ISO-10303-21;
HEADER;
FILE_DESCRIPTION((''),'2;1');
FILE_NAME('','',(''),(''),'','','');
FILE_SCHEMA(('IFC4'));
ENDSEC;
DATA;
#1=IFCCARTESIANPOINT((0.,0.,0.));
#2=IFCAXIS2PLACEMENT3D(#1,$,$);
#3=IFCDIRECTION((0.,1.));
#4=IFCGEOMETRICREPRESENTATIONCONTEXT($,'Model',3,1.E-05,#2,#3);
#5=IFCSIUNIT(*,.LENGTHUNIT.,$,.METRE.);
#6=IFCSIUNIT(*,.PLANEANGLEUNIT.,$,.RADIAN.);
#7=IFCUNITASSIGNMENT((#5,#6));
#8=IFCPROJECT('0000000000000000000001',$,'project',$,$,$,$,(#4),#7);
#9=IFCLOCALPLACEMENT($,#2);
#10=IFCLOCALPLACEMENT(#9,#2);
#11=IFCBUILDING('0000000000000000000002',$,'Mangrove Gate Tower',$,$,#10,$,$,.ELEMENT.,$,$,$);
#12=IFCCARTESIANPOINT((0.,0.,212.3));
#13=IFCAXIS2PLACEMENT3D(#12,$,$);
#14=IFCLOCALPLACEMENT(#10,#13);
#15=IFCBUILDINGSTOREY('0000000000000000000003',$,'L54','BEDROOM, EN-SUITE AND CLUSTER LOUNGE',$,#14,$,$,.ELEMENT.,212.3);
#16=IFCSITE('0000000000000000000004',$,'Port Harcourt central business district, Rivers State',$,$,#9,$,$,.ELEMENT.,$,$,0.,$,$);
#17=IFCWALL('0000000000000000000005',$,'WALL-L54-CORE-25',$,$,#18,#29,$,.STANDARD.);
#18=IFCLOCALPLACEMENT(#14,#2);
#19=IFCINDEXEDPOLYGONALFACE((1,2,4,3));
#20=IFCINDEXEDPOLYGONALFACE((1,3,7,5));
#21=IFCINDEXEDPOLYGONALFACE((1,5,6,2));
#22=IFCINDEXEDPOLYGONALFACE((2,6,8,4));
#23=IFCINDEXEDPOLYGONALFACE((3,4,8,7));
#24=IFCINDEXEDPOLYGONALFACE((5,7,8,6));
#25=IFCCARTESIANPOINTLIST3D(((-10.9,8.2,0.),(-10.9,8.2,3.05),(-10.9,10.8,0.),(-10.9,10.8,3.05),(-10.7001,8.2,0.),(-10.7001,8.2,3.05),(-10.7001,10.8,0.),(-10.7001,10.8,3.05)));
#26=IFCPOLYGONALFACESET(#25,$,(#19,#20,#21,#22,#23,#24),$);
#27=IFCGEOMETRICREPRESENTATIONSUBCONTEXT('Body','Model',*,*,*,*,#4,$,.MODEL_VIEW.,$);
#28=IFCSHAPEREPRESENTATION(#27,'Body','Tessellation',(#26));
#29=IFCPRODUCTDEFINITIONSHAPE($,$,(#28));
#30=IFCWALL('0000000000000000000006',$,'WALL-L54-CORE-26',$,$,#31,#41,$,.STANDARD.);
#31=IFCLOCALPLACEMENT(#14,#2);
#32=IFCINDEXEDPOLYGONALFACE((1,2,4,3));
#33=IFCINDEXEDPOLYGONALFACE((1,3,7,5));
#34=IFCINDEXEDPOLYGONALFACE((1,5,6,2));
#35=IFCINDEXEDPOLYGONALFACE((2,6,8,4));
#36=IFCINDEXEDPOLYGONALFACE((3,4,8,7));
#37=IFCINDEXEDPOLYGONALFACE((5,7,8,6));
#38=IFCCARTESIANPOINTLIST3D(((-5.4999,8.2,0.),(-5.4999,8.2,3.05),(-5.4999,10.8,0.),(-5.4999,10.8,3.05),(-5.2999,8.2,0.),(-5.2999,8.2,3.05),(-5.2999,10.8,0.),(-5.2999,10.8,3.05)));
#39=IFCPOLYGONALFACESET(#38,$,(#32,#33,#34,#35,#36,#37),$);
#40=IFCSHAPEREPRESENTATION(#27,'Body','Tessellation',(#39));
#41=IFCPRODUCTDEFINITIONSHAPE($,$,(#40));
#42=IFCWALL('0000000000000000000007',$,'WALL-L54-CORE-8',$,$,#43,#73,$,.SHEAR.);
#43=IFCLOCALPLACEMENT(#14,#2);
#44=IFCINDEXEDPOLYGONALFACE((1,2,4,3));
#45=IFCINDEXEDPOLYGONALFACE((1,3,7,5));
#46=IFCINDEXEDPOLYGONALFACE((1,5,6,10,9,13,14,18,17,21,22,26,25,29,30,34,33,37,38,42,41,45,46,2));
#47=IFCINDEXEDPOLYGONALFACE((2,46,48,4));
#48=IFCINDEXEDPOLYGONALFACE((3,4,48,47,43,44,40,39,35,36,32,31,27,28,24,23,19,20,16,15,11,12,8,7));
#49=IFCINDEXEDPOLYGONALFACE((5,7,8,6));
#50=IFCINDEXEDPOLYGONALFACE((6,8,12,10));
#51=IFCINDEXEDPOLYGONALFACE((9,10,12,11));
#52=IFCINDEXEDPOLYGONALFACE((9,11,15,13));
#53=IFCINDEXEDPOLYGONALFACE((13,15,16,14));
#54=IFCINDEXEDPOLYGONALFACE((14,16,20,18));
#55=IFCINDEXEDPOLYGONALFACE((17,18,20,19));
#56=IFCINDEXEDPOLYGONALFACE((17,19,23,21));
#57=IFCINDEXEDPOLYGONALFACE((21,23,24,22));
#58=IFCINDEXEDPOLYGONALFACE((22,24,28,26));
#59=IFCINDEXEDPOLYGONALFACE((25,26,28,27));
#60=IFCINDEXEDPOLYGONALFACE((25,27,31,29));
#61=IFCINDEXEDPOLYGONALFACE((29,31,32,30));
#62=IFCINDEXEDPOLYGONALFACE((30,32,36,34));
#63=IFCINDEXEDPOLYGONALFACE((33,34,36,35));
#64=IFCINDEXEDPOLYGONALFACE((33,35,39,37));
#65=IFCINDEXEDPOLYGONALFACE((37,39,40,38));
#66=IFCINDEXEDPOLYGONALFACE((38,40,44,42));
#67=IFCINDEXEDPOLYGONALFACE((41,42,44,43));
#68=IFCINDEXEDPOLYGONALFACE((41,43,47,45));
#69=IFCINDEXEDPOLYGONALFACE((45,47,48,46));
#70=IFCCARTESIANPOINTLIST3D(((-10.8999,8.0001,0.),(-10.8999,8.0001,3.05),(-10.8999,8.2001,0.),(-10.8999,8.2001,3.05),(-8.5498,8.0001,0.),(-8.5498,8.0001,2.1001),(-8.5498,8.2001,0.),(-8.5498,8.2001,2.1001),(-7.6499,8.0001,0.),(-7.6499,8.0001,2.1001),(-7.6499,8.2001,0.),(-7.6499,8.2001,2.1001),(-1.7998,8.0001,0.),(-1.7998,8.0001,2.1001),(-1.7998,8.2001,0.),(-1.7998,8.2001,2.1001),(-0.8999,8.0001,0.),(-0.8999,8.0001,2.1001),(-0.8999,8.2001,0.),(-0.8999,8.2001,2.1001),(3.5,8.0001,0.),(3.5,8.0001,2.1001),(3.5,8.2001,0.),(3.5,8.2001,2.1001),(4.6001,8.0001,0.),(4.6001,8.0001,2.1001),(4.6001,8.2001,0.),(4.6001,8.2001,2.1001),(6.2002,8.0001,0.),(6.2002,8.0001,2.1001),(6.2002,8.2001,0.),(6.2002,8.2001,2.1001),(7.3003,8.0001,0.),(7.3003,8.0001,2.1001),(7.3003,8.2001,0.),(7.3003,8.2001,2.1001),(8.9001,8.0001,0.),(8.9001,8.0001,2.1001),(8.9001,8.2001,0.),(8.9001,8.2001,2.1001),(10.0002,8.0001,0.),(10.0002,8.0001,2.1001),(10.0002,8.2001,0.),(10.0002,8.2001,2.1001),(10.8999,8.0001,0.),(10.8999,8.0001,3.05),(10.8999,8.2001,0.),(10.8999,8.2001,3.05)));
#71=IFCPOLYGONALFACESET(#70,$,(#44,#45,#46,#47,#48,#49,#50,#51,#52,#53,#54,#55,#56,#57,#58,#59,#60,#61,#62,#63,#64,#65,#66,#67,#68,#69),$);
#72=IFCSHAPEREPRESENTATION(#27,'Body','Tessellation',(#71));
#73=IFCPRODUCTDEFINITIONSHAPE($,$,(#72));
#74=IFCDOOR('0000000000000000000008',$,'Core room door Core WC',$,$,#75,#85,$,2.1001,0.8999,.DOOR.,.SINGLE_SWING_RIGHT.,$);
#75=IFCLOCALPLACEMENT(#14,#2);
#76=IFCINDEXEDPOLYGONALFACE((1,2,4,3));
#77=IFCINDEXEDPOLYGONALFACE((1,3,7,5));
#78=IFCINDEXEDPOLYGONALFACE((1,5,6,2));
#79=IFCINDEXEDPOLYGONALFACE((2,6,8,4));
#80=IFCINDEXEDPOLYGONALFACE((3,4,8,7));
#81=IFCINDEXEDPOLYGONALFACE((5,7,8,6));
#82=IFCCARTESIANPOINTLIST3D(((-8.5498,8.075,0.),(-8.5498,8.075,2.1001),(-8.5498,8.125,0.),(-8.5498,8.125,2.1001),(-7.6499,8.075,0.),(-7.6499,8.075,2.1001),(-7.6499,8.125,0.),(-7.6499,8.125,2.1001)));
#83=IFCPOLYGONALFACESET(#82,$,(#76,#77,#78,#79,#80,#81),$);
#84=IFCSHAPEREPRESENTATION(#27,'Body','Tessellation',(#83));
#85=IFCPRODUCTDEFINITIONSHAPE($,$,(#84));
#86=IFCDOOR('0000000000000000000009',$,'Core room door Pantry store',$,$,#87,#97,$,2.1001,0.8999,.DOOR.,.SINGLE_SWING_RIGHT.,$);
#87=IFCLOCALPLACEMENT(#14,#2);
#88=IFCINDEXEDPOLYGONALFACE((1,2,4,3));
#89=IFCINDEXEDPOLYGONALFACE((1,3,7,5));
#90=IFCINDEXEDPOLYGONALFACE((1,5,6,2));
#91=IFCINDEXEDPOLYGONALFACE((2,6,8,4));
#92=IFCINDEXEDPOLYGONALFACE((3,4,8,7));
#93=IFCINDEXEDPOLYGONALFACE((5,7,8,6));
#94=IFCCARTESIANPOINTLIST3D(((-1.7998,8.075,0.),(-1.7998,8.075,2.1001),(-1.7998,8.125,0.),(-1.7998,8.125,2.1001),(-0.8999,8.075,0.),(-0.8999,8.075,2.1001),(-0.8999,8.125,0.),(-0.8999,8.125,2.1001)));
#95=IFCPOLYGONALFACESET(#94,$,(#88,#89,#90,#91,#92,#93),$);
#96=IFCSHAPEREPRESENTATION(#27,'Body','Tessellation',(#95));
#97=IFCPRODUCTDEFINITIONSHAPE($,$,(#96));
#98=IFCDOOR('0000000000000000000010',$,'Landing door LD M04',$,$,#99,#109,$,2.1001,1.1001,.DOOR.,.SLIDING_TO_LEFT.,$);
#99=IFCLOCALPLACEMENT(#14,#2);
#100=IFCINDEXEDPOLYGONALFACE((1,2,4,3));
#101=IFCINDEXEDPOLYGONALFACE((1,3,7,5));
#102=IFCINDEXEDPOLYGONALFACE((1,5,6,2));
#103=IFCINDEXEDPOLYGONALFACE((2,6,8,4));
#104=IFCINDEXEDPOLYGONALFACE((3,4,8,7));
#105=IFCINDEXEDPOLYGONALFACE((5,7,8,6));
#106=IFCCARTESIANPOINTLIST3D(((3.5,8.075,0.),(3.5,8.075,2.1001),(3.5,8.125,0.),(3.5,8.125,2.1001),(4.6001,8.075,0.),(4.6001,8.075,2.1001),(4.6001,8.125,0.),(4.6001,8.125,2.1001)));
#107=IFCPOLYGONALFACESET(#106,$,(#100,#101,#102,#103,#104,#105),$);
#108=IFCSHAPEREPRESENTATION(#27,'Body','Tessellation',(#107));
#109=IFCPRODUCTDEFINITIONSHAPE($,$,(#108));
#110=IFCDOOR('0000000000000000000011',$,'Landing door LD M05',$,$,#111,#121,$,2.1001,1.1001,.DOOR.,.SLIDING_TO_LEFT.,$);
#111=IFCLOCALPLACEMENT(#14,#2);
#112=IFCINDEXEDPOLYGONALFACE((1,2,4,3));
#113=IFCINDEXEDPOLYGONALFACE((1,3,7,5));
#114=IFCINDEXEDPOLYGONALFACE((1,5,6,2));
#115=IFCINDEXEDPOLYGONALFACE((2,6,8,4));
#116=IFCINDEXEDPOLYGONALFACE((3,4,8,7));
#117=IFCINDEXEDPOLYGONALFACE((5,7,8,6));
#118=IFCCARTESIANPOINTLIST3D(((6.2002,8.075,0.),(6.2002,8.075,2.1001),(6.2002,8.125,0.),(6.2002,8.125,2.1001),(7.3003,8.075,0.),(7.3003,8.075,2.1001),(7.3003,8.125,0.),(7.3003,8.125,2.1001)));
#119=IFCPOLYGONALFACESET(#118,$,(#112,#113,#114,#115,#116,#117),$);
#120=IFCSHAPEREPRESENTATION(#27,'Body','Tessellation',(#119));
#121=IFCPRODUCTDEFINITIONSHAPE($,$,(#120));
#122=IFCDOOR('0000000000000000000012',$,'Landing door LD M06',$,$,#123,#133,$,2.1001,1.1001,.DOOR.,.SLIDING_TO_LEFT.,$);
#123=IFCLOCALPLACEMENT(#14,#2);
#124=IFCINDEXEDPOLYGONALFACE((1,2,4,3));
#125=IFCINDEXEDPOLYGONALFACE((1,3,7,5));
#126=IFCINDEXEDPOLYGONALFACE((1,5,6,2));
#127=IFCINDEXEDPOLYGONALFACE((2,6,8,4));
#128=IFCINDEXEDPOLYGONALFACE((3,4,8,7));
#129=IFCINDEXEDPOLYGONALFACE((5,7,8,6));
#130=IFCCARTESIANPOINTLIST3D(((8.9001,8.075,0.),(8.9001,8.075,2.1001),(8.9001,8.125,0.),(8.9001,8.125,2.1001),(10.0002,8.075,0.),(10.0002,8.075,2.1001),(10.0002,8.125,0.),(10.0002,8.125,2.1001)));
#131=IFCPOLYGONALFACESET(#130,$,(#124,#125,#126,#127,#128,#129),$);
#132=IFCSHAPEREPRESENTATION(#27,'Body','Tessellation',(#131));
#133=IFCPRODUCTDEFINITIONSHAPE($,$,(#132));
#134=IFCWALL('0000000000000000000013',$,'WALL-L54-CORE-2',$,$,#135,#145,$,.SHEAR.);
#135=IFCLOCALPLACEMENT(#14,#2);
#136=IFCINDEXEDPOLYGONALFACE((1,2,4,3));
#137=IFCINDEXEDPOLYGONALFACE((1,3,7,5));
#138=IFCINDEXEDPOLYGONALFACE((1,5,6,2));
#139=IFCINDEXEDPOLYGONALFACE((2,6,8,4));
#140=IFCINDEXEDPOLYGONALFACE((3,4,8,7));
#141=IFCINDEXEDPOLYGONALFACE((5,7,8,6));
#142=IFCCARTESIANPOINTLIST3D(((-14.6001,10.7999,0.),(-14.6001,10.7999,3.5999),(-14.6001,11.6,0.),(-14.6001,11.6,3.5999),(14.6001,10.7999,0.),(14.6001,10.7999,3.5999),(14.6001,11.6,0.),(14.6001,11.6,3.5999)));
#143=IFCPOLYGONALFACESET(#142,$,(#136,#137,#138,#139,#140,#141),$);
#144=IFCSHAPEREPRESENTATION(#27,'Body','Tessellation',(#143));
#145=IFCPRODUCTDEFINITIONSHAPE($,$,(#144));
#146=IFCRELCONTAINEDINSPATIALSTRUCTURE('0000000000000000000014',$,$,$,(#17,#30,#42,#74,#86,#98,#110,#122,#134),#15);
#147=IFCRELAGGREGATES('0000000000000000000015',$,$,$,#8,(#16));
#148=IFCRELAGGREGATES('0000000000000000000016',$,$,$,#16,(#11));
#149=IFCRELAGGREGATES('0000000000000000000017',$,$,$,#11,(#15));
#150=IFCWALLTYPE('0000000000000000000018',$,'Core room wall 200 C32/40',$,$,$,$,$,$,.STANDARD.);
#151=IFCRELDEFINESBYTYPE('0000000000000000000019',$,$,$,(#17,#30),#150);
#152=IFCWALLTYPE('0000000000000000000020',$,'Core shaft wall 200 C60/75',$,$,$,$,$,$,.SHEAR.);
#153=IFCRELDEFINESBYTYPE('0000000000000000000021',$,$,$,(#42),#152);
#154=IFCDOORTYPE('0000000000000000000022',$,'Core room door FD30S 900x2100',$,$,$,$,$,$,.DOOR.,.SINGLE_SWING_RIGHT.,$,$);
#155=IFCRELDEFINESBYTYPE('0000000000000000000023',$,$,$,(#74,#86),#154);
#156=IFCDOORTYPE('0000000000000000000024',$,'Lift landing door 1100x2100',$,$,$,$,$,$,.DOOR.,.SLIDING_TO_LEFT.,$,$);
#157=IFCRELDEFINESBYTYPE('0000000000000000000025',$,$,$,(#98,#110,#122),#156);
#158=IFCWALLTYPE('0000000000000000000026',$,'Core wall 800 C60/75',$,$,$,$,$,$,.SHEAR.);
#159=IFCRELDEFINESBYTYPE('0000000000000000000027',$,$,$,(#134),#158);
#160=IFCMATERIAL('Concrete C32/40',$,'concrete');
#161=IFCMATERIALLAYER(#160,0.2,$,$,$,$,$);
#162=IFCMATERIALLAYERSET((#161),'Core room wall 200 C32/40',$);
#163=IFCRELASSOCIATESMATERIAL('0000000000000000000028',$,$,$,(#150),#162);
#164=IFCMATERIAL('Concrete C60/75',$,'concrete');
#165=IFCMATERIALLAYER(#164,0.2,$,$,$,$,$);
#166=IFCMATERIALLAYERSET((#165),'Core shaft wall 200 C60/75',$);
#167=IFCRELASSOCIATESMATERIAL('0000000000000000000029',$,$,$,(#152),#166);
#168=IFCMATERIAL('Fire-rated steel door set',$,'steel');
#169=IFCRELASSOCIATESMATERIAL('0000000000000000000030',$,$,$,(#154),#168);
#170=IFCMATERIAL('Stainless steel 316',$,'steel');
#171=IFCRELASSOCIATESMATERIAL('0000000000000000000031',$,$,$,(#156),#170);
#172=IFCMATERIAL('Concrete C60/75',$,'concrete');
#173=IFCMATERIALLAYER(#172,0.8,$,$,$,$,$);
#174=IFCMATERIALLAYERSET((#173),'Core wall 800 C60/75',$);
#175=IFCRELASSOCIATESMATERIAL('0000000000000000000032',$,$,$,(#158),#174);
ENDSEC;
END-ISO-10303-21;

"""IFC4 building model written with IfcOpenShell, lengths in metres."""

from ifc_helpers import new_model, si_unit, direction, frame, frame_2d, origin, place, context, subcontext, project, spatial, rectangle, extrude, material, layer, layer_set, type_object, element, fill, save


model = new_model("IFC4")

# Units and contexts
model_context = context("Model", 3, precision=1e-05, world=origin(), true_north=direction((0.0, 1.0)))
body_context = subcontext(model_context, "Body", "Model", "MODEL_VIEW")
ifc_project = project(units=[si_unit("LENGTHUNIT", "METRE"), si_unit("PLANEANGLEUNIT", "RADIAN")], contexts=[model_context])

# Site, building, storey
site_placement = place(None, origin())
site = spatial("IfcSite", under=ifc_project, at=site_placement, Name="Port Harcourt central business district, Rivers State", CompositionType="ELEMENT", RefElevation=0.0)
building_placement = place(site_placement, origin())
building = spatial("IfcBuilding", under=site, at=building_placement, Name="Mangrove Gate Tower", CompositionType="ELEMENT")
storey_placement = place(building_placement, frame((0.0, 0.0, 212.3)))
storey = spatial("IfcBuildingStorey", under=building, at=storey_placement, Name="L54", Description="BEDROOM, EN-SUITE AND CLUSTER LOUNGE", CompositionType="ELEMENT", Elevation=212.3)

# Walls
ifc_material_1 = material(Name="Concrete C32/40", Category="concrete")
ifc_layer_1 = layer(ifc_material_1, 0.2)
ifc_layer_set_1 = layer_set([ifc_layer_1], Name="Core room wall 200 C32/40")
wall_type_1 = type_object("IfcWallType", Name="Core room wall 200 C32/40", PredefinedType="STANDARD", material=ifc_layer_set_1)
for number, where, z_axis, x_axis, name in (
    (1, (-10.8, 8.2, 0.0), (0.0, 0.0, 1.0), (0.0, 1.0, 0.0), "WALL-L54-CORE-25"),
    (2, (-5.3999, 8.2, 0.0), (0.0, 0.0, 1.0), (0.0, 1.0, 0.0), "WALL-L54-CORE-26"),
):
    element("IfcWall", number, at=place(storey_placement, frame(where, z_axis=z_axis, x_axis=x_axis)), inside=storey, type_object=wall_type_1, Name=name, PredefinedType="STANDARD", context=body_context, shape_type="SweptSolid", body=[
        extrude(rectangle(XDim=2.6001, YDim=0.2, at=frame_2d((1.3, 0.0))), origin(), (0.0, 0.0, 1.0), 3.05),
    ])

# Wall, openings, doors
ifc_material_2 = material(Name="Concrete C60/75", Category="concrete")
ifc_layer_2 = layer(ifc_material_2, 0.2)
ifc_layer_set_2 = layer_set([ifc_layer_2], Name="Core shaft wall 200 C60/75")
wall_type_2 = type_object("IfcWallType", Name="Core shaft wall 200 C60/75", PredefinedType="SHEAR", material=ifc_layer_set_2)
wall_1_placement = place(storey_placement, frame((-10.8999, 8.1001, 0.0), z_axis=(0.0, 0.0, 1.0), x_axis=(1.0, 0.0, 0.0)))
wall_1 = element("IfcWall", 3, at=wall_1_placement, inside=storey, type_object=wall_type_2, Name="WALL-L54-CORE-8", PredefinedType="SHEAR", context=body_context, shape_type="SweptSolid", body=[
    extrude(rectangle(XDim=21.7998, YDim=0.2, at=frame_2d((10.8999, 0.0))), origin(), (0.0, 0.0, 1.0), 3.05),
])
opening_1_placement = place(wall_1_placement, frame((14.3999, 0.0, 0.0)))
opening_1 = element("IfcOpeningElement", 4, at=opening_1_placement, cuts=wall_1, PredefinedType="OPENING", context=body_context, shape_type="SweptSolid", body=[
    extrude(rectangle(XDim=1.1001, YDim=2.1001, at=frame_2d((0.55, 1.05))), frame((0.0, 0.1099, 0.0), z_axis=(0.0, -1.0, 0.0), x_axis=(1.0, 0.0, 0.0)), (0.0, 0.0, 1.0), 0.22),
])
opening_2_placement = place(wall_1_placement, frame((17.1001, 0.0, 0.0)))
opening_2 = element("IfcOpeningElement", 5, at=opening_2_placement, cuts=wall_1, PredefinedType="OPENING", context=body_context, shape_type="SweptSolid", body=[
    extrude(rectangle(XDim=1.1001, YDim=2.1001, at=frame_2d((0.55, 1.05))), frame((0.0, 0.1099, 0.0), z_axis=(0.0, -1.0, 0.0), x_axis=(1.0, 0.0, 0.0)), (0.0, 0.0, 1.0), 0.22),
])
opening_3_placement = place(wall_1_placement, frame((19.8, 0.0, 0.0)))
opening_3 = element("IfcOpeningElement", 6, at=opening_3_placement, cuts=wall_1, PredefinedType="OPENING", context=body_context, shape_type="SweptSolid", body=[
    extrude(rectangle(XDim=1.1001, YDim=2.1001, at=frame_2d((0.55, 1.05))), frame((0.0, 0.1099, 0.0), z_axis=(0.0, -1.0, 0.0), x_axis=(1.0, 0.0, 0.0)), (0.0, 0.0, 1.0), 0.22),
])
opening_4_placement = place(wall_1_placement, frame((2.3501, 0.0, 0.0)))
opening_4 = element("IfcOpeningElement", 7, at=opening_4_placement, cuts=wall_1, PredefinedType="OPENING", context=body_context, shape_type="SweptSolid", body=[
    extrude(rectangle(XDim=0.8999, YDim=2.1001, at=frame_2d((0.45, 1.05))), frame((0.0, 0.1099, 0.0), z_axis=(0.0, -1.0, 0.0), x_axis=(1.0, 0.0, 0.0)), (0.0, 0.0, 1.0), 0.22),
])
opening_5_placement = place(wall_1_placement, frame((9.1001, 0.0, 0.0)))
opening_5 = element("IfcOpeningElement", 8, at=opening_5_placement, cuts=wall_1, PredefinedType="OPENING", context=body_context, shape_type="SweptSolid", body=[
    extrude(rectangle(XDim=0.8999, YDim=2.1001, at=frame_2d((0.45, 1.05))), frame((0.0, 0.1099, 0.0), z_axis=(0.0, -1.0, 0.0), x_axis=(1.0, 0.0, 0.0)), (0.0, 0.0, 1.0), 0.22),
])
ifc_material_3 = material(Name="Fire-rated steel door set", Category="steel")
door_type_1 = type_object("IfcDoorType", Name="Core room door FD30S 900x2100", OperationType="SINGLE_SWING_RIGHT", PredefinedType="DOOR", material=ifc_material_3)
door_1_placement = place(opening_4_placement, origin())
door_1 = element("IfcDoor", 9, at=door_1_placement, inside=storey, type_object=door_type_1, Name="Core room door Core WC", OperationType="SINGLE_SWING_RIGHT", OverallHeight=2.1001, OverallWidth=0.8999, PredefinedType="DOOR", context=body_context, shape_type="SweptSolid", body=[
    extrude(rectangle(XDim=0.8999, YDim=2.1001, at=frame_2d((0.45, 1.05))), frame((0.0, 0.0249, 0.0), z_axis=(0.0, -1.0, 0.0), x_axis=(1.0, 0.0, 0.0)), (0.0, 0.0, 1.0), 0.05),
])
fill(opening_4, door_1)
door_2_placement = place(opening_5_placement, origin())
door_2 = element("IfcDoor", 10, at=door_2_placement, inside=storey, type_object=door_type_1, Name="Core room door Pantry store", OperationType="SINGLE_SWING_RIGHT", OverallHeight=2.1001, OverallWidth=0.8999, PredefinedType="DOOR", context=body_context, shape_type="SweptSolid", body=[
    extrude(rectangle(XDim=0.8999, YDim=2.1001, at=frame_2d((0.45, 1.05))), frame((0.0, 0.0249, 0.0), z_axis=(0.0, -1.0, 0.0), x_axis=(1.0, 0.0, 0.0)), (0.0, 0.0, 1.0), 0.05),
])
fill(opening_5, door_2)
ifc_material_4 = material(Name="Stainless steel 316", Category="steel")
door_type_2 = type_object("IfcDoorType", Name="Lift landing door 1100x2100", OperationType="SLIDING_TO_LEFT", PredefinedType="DOOR", material=ifc_material_4)
door_3_placement = place(opening_1_placement, origin())
door_3 = element("IfcDoor", 11, at=door_3_placement, inside=storey, type_object=door_type_2, Name="Landing door LD M04", OperationType="SLIDING_TO_LEFT", OverallHeight=2.1001, OverallWidth=1.1001, PredefinedType="DOOR", context=body_context, shape_type="SweptSolid", body=[
    extrude(rectangle(XDim=1.1001, YDim=2.1001, at=frame_2d((0.55, 1.05))), frame((0.0, 0.0249, 0.0), z_axis=(0.0, -1.0, 0.0), x_axis=(1.0, 0.0, 0.0)), (0.0, 0.0, 1.0), 0.05),
])
fill(opening_1, door_3)
door_4_placement = place(opening_2_placement, origin())
door_4 = element("IfcDoor", 12, at=door_4_placement, inside=storey, type_object=door_type_2, Name="Landing door LD M05", OperationType="SLIDING_TO_LEFT", OverallHeight=2.1001, OverallWidth=1.1001, PredefinedType="DOOR", context=body_context, shape_type="SweptSolid", body=[
    extrude(rectangle(XDim=1.1001, YDim=2.1001, at=frame_2d((0.55, 1.05))), frame((0.0, 0.0249, 0.0), z_axis=(0.0, -1.0, 0.0), x_axis=(1.0, 0.0, 0.0)), (0.0, 0.0, 1.0), 0.05),
])
fill(opening_2, door_4)
door_5_placement = place(opening_3_placement, origin())
door_5 = element("IfcDoor", 13, at=door_5_placement, inside=storey, type_object=door_type_2, Name="Landing door LD M06", OperationType="SLIDING_TO_LEFT", OverallHeight=2.1001, OverallWidth=1.1001, PredefinedType="DOOR", context=body_context, shape_type="SweptSolid", body=[
    extrude(rectangle(XDim=1.1001, YDim=2.1001, at=frame_2d((0.55, 1.05))), frame((0.0, 0.0249, 0.0), z_axis=(0.0, -1.0, 0.0), x_axis=(1.0, 0.0, 0.0)), (0.0, 0.0, 1.0), 0.05),
])
fill(opening_3, door_5)

# Wall
ifc_material_5 = material(Name="Concrete C60/75", Category="concrete")
ifc_layer_3 = layer(ifc_material_5, 0.8)
ifc_layer_set_3 = layer_set([ifc_layer_3], Name="Core wall 800 C60/75")
wall_type_3 = type_object("IfcWallType", Name="Core wall 800 C60/75", PredefinedType="SHEAR", material=ifc_layer_set_3)
wall_2_placement = place(storey_placement, frame((-14.6001, 11.2, 0.0), z_axis=(0.0, 0.0, 1.0), x_axis=(1.0, 0.0, 0.0)))
element("IfcWall", 14, at=wall_2_placement, inside=storey, type_object=wall_type_3, Name="WALL-L54-CORE-2", PredefinedType="SHEAR", context=body_context, shape_type="SweptSolid", body=[
    extrude(rectangle(XDim=29.2002, YDim=0.8, at=frame_2d((14.6001, 0.0))), origin(), (0.0, 0.0, 1.0), 3.5999),
])

save(model, "model.ifc")
